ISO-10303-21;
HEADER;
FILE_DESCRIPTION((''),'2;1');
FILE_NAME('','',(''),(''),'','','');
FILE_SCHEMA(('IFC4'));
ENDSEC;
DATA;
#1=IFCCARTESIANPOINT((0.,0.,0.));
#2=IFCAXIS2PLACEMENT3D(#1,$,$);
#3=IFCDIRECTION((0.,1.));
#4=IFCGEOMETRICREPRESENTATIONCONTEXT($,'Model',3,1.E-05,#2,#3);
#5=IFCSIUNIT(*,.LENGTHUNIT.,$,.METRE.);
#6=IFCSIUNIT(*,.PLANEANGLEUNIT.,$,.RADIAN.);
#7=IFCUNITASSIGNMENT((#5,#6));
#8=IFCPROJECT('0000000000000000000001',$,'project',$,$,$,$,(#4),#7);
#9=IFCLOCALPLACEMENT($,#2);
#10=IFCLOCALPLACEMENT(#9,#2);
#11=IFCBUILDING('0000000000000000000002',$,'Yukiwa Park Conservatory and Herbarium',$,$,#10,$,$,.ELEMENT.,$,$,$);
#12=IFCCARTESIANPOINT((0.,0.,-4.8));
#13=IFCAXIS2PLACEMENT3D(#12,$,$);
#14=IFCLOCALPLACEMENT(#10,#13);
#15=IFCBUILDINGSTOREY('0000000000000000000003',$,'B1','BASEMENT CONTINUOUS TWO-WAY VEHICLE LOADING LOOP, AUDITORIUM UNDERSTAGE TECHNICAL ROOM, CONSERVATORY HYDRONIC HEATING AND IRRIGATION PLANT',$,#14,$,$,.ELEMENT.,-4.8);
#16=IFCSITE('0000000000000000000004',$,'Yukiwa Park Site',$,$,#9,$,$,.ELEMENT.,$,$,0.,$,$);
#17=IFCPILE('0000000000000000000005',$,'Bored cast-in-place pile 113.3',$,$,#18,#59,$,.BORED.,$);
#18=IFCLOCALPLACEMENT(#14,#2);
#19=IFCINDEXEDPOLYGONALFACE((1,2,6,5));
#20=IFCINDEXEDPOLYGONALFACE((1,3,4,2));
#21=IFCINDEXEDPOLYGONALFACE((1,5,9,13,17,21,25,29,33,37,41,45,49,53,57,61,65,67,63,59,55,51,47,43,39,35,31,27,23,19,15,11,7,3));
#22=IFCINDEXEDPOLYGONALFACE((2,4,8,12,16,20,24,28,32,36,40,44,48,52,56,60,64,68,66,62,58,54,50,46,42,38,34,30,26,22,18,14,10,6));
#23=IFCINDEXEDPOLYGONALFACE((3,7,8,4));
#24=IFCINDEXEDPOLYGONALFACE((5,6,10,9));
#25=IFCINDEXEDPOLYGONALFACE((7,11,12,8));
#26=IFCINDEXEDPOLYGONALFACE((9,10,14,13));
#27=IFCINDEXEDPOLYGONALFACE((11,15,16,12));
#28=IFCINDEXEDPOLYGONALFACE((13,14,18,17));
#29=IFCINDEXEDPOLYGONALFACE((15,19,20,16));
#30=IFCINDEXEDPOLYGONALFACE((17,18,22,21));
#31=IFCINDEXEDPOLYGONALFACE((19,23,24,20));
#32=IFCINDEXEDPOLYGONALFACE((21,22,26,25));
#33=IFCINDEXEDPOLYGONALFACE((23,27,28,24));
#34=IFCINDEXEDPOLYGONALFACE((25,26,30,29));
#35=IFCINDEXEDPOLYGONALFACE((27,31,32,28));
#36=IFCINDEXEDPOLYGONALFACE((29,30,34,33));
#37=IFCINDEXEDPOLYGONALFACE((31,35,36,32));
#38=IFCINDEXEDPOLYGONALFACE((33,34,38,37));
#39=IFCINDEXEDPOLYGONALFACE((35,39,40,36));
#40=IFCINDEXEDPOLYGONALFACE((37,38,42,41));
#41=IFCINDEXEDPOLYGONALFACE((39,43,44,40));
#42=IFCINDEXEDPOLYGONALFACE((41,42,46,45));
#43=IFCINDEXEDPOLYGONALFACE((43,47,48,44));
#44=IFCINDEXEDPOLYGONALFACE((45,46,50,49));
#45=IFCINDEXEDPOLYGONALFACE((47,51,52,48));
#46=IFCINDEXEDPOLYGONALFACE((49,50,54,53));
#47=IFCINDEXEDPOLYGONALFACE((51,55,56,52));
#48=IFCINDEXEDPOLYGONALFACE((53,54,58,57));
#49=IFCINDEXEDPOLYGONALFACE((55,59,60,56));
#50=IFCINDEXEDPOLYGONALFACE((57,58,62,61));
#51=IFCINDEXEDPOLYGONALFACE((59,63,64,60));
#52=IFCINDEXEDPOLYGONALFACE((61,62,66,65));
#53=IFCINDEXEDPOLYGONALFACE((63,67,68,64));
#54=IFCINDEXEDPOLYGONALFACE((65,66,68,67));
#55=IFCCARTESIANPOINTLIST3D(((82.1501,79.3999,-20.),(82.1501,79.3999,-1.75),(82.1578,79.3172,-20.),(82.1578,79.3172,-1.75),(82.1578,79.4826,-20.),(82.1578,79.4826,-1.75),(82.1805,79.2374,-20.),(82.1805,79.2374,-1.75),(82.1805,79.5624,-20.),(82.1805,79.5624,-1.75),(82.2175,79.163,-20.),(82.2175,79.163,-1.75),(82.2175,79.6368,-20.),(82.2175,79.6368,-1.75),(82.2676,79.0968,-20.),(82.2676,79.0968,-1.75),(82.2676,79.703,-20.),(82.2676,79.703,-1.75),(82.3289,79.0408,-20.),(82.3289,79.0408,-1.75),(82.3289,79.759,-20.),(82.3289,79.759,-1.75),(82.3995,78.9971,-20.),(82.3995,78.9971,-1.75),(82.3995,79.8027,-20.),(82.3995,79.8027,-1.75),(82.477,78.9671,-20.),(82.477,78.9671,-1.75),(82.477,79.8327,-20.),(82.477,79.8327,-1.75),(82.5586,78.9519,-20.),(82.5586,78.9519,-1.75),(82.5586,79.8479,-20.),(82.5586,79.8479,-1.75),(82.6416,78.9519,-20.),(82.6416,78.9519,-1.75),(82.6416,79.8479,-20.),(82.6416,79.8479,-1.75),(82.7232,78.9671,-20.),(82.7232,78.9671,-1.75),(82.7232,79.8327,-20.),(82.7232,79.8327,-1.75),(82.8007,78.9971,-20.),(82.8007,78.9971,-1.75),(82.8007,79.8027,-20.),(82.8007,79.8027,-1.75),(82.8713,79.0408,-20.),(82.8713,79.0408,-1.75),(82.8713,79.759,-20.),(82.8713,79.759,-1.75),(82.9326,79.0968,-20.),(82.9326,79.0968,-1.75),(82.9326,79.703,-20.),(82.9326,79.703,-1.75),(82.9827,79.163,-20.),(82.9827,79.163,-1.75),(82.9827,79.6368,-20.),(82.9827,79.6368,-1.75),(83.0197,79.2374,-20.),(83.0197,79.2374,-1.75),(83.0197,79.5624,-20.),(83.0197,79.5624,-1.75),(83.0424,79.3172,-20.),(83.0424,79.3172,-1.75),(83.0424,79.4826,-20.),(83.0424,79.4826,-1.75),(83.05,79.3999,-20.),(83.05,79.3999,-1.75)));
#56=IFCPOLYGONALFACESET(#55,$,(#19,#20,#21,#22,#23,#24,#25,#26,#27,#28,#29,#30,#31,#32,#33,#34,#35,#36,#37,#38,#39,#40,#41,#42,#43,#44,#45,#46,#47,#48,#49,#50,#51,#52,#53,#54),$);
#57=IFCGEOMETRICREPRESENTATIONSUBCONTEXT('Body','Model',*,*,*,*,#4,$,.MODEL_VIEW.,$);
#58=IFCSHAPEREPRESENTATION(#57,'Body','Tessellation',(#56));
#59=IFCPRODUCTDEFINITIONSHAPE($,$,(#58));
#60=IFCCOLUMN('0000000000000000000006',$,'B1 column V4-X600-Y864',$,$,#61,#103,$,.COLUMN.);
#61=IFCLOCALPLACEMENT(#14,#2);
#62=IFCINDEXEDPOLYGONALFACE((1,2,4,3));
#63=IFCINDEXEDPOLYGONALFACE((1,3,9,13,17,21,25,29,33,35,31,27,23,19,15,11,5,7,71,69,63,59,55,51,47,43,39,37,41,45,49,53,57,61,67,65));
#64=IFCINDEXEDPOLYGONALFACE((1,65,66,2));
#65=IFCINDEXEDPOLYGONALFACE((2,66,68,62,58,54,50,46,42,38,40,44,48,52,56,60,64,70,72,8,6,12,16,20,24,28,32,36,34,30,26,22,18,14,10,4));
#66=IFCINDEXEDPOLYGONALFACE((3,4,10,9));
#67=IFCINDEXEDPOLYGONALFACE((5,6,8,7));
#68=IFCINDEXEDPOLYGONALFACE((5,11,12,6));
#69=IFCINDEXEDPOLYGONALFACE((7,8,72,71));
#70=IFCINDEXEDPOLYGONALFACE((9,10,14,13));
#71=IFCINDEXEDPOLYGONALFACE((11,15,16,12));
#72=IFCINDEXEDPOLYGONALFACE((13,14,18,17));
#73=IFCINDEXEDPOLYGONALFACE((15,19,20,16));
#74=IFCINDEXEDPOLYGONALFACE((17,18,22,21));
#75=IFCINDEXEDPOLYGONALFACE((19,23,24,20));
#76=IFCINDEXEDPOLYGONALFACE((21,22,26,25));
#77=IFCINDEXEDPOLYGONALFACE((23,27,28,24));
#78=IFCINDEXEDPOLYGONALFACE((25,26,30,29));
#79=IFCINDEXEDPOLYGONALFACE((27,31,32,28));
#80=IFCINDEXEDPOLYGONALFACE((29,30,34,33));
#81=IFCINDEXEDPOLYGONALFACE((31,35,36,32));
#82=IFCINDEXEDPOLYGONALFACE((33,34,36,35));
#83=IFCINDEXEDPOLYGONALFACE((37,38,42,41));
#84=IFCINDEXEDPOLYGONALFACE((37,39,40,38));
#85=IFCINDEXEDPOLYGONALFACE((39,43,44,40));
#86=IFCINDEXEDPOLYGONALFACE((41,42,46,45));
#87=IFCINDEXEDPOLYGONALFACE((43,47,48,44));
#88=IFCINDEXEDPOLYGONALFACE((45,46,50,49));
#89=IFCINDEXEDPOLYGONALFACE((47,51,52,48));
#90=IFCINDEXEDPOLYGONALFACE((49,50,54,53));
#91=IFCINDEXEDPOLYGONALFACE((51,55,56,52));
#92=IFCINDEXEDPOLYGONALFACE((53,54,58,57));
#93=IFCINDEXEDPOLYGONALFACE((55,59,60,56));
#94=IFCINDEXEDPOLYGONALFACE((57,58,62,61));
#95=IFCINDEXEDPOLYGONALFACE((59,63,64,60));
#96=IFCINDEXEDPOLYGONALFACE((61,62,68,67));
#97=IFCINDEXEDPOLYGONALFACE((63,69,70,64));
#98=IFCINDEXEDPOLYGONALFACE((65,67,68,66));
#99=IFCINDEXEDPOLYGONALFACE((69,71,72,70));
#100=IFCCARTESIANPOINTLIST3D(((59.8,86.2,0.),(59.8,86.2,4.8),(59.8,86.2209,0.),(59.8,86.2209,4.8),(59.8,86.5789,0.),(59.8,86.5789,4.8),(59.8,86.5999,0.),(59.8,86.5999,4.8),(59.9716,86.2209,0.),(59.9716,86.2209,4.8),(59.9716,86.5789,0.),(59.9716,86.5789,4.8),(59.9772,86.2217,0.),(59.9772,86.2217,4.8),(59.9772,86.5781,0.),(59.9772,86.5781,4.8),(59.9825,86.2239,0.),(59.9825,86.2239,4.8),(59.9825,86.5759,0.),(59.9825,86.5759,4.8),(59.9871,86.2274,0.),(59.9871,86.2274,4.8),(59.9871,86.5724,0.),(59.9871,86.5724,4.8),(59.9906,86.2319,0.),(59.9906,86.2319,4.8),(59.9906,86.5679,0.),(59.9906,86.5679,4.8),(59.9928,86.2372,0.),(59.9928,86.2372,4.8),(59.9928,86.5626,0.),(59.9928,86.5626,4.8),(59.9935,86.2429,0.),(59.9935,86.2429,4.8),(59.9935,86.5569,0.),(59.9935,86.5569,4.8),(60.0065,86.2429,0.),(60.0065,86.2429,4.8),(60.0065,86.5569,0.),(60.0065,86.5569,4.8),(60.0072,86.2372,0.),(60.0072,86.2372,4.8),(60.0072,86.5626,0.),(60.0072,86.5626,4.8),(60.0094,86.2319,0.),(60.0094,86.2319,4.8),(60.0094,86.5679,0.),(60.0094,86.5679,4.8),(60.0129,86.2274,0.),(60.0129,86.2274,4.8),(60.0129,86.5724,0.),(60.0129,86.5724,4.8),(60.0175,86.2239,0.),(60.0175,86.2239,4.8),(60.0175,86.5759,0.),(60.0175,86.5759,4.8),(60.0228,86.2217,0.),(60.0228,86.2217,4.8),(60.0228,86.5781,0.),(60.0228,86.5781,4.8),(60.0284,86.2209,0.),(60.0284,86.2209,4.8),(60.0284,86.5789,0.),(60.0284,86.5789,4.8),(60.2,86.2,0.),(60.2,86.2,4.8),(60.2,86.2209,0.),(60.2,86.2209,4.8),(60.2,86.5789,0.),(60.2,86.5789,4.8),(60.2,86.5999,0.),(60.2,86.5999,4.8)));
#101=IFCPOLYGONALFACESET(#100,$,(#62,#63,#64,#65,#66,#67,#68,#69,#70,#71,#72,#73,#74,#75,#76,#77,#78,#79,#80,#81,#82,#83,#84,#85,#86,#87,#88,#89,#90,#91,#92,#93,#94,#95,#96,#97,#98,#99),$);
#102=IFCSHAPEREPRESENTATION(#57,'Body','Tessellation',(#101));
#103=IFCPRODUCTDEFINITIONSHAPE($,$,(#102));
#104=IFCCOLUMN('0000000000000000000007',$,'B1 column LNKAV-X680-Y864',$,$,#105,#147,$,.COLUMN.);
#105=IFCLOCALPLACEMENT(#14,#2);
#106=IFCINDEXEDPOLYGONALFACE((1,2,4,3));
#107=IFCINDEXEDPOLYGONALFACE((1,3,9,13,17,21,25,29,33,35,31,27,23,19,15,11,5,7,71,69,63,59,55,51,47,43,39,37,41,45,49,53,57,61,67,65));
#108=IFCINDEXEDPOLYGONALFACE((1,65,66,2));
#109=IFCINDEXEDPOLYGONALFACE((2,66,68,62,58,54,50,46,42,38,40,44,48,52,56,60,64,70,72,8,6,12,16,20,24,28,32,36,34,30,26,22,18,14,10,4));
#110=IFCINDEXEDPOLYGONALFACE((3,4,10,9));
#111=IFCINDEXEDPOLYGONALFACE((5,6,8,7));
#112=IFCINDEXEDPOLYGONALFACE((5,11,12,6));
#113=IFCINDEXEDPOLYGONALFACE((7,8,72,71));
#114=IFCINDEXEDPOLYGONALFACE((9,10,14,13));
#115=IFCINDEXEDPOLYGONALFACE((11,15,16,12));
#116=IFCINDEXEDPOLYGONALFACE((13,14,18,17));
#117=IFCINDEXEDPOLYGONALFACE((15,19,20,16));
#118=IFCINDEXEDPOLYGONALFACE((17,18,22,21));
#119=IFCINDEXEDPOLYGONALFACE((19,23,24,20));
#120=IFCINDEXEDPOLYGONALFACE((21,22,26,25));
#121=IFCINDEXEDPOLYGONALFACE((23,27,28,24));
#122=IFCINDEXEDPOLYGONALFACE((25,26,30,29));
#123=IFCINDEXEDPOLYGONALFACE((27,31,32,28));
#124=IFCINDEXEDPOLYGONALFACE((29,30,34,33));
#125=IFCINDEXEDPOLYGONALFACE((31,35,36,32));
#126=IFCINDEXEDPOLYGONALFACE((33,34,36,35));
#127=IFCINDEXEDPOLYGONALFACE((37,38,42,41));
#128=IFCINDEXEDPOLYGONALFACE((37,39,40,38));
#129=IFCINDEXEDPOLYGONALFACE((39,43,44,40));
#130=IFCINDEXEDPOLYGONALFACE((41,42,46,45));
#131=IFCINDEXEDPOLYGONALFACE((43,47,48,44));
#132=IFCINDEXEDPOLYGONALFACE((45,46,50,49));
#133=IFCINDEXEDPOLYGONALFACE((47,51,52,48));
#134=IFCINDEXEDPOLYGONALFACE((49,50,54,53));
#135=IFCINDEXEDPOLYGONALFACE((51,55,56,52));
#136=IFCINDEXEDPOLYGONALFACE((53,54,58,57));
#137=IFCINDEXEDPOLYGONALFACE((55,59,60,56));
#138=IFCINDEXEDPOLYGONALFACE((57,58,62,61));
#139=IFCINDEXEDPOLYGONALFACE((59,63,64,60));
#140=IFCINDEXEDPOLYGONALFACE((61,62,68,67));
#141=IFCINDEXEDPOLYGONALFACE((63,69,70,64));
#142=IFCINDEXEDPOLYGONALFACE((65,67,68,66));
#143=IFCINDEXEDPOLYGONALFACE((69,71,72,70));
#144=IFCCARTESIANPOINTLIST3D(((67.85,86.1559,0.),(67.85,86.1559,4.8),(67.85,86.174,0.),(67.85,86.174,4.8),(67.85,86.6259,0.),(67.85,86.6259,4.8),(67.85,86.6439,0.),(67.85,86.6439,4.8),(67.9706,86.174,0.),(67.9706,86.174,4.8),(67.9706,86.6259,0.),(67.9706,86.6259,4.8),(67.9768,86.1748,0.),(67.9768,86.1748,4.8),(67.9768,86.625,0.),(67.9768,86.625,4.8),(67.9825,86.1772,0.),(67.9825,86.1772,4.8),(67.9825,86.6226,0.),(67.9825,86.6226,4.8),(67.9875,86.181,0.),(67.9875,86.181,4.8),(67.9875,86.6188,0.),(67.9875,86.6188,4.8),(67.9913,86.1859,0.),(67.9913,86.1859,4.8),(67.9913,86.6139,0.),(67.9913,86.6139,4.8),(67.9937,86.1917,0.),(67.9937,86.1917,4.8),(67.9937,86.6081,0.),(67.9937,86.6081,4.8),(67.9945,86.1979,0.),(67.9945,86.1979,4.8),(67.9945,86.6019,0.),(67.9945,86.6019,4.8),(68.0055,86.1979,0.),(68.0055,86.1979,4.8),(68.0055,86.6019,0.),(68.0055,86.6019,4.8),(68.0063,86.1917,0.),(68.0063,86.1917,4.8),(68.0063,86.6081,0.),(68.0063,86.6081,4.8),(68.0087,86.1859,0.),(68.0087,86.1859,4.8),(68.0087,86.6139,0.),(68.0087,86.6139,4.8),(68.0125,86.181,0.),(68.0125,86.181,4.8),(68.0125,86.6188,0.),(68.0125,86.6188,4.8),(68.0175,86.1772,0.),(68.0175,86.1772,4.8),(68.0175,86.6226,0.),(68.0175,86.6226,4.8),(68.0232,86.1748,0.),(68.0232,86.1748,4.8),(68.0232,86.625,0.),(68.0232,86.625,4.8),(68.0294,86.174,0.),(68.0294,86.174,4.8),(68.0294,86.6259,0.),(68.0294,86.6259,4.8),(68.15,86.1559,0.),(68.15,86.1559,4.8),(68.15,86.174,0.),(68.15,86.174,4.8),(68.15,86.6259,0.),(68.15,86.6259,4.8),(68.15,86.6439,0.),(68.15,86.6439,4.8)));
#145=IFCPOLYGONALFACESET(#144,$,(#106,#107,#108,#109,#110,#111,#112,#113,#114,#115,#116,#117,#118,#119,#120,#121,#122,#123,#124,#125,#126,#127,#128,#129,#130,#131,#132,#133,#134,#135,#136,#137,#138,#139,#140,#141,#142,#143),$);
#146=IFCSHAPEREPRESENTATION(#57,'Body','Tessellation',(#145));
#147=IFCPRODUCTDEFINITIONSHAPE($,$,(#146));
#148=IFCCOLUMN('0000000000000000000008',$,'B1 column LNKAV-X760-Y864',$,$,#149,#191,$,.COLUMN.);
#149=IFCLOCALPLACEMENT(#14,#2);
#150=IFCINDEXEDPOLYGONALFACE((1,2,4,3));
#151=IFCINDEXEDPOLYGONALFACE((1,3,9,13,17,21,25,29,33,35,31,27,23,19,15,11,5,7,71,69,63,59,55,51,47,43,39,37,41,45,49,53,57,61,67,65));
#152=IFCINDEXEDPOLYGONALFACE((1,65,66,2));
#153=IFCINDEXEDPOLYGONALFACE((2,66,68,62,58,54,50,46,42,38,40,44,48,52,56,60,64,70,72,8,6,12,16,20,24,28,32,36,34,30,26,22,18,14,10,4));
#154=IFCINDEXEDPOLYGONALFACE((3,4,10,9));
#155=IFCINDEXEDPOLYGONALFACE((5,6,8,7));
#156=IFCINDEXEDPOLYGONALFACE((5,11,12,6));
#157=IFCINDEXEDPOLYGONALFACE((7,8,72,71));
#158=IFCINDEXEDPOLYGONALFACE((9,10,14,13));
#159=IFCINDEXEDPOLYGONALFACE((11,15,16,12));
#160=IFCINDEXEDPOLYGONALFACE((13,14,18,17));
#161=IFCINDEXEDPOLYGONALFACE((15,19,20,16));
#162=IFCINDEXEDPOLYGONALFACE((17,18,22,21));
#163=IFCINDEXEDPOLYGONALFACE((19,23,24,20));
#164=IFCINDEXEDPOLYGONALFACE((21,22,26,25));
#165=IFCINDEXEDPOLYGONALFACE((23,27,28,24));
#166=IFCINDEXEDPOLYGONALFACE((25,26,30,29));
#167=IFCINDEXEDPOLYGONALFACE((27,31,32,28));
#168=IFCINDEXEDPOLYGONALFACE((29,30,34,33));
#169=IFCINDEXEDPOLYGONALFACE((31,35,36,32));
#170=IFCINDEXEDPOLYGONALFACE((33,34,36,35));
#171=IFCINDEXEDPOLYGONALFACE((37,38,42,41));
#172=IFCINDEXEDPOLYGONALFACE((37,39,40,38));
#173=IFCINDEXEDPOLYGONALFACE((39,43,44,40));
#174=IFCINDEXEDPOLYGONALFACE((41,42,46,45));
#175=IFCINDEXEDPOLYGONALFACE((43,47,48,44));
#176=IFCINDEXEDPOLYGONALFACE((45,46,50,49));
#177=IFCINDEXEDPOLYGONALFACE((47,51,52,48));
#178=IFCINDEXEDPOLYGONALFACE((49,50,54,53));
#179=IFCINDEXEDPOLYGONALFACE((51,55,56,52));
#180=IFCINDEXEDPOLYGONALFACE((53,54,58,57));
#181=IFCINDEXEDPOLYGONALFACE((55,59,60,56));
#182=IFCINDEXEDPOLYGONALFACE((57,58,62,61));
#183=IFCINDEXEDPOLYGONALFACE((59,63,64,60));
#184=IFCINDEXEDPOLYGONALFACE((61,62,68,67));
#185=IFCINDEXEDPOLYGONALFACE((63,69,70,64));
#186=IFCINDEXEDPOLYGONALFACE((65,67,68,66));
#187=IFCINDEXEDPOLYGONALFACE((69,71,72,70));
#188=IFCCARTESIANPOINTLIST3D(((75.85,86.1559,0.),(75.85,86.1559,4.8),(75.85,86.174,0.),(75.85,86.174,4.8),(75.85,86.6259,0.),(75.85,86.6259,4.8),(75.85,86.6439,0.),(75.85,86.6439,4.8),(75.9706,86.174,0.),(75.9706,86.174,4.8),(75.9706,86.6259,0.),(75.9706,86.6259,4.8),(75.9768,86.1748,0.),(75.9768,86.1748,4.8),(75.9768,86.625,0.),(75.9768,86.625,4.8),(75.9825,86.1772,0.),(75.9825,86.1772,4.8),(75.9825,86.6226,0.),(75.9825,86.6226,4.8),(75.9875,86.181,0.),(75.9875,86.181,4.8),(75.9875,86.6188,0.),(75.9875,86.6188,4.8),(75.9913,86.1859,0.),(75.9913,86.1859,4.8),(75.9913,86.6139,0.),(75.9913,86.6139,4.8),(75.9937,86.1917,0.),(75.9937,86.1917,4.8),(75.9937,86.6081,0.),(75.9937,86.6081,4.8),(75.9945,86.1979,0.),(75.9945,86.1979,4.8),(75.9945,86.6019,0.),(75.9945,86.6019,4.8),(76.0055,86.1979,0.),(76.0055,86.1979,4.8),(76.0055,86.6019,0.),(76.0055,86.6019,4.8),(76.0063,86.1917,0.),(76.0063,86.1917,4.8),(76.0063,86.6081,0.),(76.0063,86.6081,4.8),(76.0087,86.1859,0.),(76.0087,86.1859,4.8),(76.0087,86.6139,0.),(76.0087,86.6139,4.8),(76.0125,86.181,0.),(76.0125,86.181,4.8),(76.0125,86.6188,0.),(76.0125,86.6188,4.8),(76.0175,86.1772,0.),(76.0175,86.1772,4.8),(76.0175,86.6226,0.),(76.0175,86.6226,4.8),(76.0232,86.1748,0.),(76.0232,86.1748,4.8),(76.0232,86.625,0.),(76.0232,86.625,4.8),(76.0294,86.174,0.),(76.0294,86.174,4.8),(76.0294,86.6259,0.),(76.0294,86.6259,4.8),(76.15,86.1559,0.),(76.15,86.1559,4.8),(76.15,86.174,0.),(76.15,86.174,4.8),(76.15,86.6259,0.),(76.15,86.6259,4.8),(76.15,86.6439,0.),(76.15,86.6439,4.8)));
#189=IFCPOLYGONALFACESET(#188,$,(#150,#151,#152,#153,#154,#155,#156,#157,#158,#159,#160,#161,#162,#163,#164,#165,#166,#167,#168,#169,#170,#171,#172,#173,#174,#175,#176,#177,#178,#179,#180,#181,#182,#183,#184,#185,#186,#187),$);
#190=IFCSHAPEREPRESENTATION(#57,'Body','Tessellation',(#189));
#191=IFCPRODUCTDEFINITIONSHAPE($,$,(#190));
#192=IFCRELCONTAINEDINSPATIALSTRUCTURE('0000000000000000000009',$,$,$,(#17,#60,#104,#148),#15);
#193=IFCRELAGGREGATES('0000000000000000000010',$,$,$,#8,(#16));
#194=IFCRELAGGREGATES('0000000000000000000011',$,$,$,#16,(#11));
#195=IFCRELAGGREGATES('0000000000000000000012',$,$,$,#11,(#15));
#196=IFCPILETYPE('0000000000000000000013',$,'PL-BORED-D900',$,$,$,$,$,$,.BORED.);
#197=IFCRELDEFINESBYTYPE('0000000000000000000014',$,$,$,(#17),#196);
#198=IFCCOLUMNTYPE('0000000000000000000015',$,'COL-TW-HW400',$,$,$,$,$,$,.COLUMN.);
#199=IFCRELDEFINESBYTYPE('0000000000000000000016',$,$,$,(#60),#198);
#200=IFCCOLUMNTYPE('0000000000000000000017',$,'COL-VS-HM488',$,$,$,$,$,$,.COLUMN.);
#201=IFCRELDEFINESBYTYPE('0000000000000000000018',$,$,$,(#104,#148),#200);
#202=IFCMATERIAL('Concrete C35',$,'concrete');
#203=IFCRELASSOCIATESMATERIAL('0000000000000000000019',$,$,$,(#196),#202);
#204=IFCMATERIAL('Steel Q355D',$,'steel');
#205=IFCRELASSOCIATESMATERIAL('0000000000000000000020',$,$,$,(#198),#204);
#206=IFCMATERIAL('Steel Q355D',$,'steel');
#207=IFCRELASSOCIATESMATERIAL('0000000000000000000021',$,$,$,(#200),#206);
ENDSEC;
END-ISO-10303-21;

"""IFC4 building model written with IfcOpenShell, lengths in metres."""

from ifc_helpers import new_model, si_unit, direction, frame, origin, origin_2d, place, context, subcontext, project, spatial, circle, i_section, extrude, material, material_profile, profile_set, type_object, element, save


model = new_model("IFC4")

# Units and contexts
model_context = context("Model", 3, precision=1e-05, world=origin(), true_north=direction((0.0, 1.0)))
body_context = subcontext(model_context, "Body", "Model", "MODEL_VIEW")
ifc_project = project(units=[si_unit("LENGTHUNIT", "METRE"), si_unit("PLANEANGLEUNIT", "RADIAN")], contexts=[model_context])

# Site, building, storey
site_placement = place(None, origin())
site = spatial("IfcSite", under=ifc_project, at=site_placement, Name="Yukiwa Park Site", CompositionType="ELEMENT", RefElevation=0.0)
building_placement = place(site_placement, origin())
building = spatial("IfcBuilding", under=site, at=building_placement, Name="Yukiwa Park Conservatory and Herbarium", CompositionType="ELEMENT")
storey_placement = place(building_placement, frame((0.0, 0.0, -4.8)))
storey = spatial("IfcBuildingStorey", under=building, at=storey_placement, Name="B1", Description="BASEMENT CONTINUOUS TWO-WAY VEHICLE LOADING LOOP, AUDITORIUM UNDERSTAGE TECHNICAL ROOM, CONSERVATORY HYDRONIC HEATING AND IRRIGATION PLANT", CompositionType="ELEMENT", Elevation=-4.8)

# Pile
ifc_material_1 = material(Name="Concrete C35", Category="concrete")
ifc_material_profile_1 = material_profile(ifc_material_1, circle(Radius=0.45, at=origin_2d()), Name="PILE D900")
ifc_profile_set_1 = profile_set([ifc_material_profile_1], Name="Concrete C35")
pile_type_1 = type_object("IfcPileType", Name="PL-BORED-D900", PredefinedType="BORED", material=ifc_profile_set_1)
for number, where, z_axis, x_axis, name in (
    (1, (82.6001, 79.3999, -1.75), (0.0, 0.0, -1.0), (1.0, 0.0, 0.0), "Bored cast-in-place pile 113.3"),
):
    element("IfcPile", number, at=place(storey_placement, frame(where, z_axis=z_axis, x_axis=x_axis)), inside=storey, type_object=pile_type_1, Name=name, PredefinedType="BORED", context=body_context, shape_type="SweptSolid", body=[
        extrude(circle(Radius=0.45, at=origin_2d()), origin(), (0.0, 0.0, 1.0), 18.25),
    ])

# Columns
ifc_material_2 = material(Name="Steel Q355D", Category="steel")
ifc_material_profile_2 = material_profile(ifc_material_2, i_section(OverallWidth=0.3999, OverallDepth=0.3999, WebThickness=0.0129, FlangeThickness=0.021, FilletRadius=0.022, at=origin_2d()), Name="HW 400x400x13x21")
ifc_profile_set_2 = profile_set([ifc_material_profile_2], Name="Steel Q355D")
column_type_1 = type_object("IfcColumnType", Name="COL-TW-HW400", PredefinedType="COLUMN", material=ifc_profile_set_2)
column_placement = place(storey_placement, frame((60.0, 86.3999, 0.0), z_axis=(0.0, 0.0, 1.0), x_axis=(1.0, 0.0, 0.0)))
element("IfcColumn", 2, at=column_placement, inside=storey, type_object=column_type_1, Name="B1 column V4-X600-Y864", PredefinedType="COLUMN", context=body_context, shape_type="SweptSolid", body=[
    extrude(i_section(OverallWidth=0.3999, OverallDepth=0.3999, WebThickness=0.0129, FlangeThickness=0.021, FilletRadius=0.022, at=origin_2d()), origin(), (0.0, 0.0, 1.0), 4.8),
])
ifc_material_3 = material(Name="Steel Q355D", Category="steel")
ifc_material_profile_3 = material_profile(ifc_material_3, i_section(OverallWidth=0.3, OverallDepth=0.488, WebThickness=0.011, FlangeThickness=0.0181, FilletRadius=0.0239, at=origin_2d()), Name="HM 488x300x11x18")
ifc_profile_set_3 = profile_set([ifc_material_profile_3], Name="Steel Q355D")
column_type_2 = type_object("IfcColumnType", Name="COL-VS-HM488", PredefinedType="COLUMN", material=ifc_profile_set_3)
for number, where, z_axis, x_axis, name in (
    (3, (68.0, 86.3999, 0.0), (0.0, 0.0, 1.0), (1.0, 0.0, 0.0), "B1 column LNKAV-X680-Y864"),
    (4, (76.0, 86.3999, 0.0), (0.0, 0.0, 1.0), (1.0, 0.0, 0.0), "B1 column LNKAV-X760-Y864"),
):
    element("IfcColumn", number, at=place(storey_placement, frame(where, z_axis=z_axis, x_axis=x_axis)), inside=storey, type_object=column_type_2, Name=name, PredefinedType="COLUMN", context=body_context, shape_type="SweptSolid", body=[
        extrude(i_section(OverallWidth=0.3, OverallDepth=0.488, WebThickness=0.011, FlangeThickness=0.0181, FilletRadius=0.0239, at=origin_2d()), origin(), (0.0, 0.0, 1.0), 4.8),
    ])

save(model, "model.ifc")
